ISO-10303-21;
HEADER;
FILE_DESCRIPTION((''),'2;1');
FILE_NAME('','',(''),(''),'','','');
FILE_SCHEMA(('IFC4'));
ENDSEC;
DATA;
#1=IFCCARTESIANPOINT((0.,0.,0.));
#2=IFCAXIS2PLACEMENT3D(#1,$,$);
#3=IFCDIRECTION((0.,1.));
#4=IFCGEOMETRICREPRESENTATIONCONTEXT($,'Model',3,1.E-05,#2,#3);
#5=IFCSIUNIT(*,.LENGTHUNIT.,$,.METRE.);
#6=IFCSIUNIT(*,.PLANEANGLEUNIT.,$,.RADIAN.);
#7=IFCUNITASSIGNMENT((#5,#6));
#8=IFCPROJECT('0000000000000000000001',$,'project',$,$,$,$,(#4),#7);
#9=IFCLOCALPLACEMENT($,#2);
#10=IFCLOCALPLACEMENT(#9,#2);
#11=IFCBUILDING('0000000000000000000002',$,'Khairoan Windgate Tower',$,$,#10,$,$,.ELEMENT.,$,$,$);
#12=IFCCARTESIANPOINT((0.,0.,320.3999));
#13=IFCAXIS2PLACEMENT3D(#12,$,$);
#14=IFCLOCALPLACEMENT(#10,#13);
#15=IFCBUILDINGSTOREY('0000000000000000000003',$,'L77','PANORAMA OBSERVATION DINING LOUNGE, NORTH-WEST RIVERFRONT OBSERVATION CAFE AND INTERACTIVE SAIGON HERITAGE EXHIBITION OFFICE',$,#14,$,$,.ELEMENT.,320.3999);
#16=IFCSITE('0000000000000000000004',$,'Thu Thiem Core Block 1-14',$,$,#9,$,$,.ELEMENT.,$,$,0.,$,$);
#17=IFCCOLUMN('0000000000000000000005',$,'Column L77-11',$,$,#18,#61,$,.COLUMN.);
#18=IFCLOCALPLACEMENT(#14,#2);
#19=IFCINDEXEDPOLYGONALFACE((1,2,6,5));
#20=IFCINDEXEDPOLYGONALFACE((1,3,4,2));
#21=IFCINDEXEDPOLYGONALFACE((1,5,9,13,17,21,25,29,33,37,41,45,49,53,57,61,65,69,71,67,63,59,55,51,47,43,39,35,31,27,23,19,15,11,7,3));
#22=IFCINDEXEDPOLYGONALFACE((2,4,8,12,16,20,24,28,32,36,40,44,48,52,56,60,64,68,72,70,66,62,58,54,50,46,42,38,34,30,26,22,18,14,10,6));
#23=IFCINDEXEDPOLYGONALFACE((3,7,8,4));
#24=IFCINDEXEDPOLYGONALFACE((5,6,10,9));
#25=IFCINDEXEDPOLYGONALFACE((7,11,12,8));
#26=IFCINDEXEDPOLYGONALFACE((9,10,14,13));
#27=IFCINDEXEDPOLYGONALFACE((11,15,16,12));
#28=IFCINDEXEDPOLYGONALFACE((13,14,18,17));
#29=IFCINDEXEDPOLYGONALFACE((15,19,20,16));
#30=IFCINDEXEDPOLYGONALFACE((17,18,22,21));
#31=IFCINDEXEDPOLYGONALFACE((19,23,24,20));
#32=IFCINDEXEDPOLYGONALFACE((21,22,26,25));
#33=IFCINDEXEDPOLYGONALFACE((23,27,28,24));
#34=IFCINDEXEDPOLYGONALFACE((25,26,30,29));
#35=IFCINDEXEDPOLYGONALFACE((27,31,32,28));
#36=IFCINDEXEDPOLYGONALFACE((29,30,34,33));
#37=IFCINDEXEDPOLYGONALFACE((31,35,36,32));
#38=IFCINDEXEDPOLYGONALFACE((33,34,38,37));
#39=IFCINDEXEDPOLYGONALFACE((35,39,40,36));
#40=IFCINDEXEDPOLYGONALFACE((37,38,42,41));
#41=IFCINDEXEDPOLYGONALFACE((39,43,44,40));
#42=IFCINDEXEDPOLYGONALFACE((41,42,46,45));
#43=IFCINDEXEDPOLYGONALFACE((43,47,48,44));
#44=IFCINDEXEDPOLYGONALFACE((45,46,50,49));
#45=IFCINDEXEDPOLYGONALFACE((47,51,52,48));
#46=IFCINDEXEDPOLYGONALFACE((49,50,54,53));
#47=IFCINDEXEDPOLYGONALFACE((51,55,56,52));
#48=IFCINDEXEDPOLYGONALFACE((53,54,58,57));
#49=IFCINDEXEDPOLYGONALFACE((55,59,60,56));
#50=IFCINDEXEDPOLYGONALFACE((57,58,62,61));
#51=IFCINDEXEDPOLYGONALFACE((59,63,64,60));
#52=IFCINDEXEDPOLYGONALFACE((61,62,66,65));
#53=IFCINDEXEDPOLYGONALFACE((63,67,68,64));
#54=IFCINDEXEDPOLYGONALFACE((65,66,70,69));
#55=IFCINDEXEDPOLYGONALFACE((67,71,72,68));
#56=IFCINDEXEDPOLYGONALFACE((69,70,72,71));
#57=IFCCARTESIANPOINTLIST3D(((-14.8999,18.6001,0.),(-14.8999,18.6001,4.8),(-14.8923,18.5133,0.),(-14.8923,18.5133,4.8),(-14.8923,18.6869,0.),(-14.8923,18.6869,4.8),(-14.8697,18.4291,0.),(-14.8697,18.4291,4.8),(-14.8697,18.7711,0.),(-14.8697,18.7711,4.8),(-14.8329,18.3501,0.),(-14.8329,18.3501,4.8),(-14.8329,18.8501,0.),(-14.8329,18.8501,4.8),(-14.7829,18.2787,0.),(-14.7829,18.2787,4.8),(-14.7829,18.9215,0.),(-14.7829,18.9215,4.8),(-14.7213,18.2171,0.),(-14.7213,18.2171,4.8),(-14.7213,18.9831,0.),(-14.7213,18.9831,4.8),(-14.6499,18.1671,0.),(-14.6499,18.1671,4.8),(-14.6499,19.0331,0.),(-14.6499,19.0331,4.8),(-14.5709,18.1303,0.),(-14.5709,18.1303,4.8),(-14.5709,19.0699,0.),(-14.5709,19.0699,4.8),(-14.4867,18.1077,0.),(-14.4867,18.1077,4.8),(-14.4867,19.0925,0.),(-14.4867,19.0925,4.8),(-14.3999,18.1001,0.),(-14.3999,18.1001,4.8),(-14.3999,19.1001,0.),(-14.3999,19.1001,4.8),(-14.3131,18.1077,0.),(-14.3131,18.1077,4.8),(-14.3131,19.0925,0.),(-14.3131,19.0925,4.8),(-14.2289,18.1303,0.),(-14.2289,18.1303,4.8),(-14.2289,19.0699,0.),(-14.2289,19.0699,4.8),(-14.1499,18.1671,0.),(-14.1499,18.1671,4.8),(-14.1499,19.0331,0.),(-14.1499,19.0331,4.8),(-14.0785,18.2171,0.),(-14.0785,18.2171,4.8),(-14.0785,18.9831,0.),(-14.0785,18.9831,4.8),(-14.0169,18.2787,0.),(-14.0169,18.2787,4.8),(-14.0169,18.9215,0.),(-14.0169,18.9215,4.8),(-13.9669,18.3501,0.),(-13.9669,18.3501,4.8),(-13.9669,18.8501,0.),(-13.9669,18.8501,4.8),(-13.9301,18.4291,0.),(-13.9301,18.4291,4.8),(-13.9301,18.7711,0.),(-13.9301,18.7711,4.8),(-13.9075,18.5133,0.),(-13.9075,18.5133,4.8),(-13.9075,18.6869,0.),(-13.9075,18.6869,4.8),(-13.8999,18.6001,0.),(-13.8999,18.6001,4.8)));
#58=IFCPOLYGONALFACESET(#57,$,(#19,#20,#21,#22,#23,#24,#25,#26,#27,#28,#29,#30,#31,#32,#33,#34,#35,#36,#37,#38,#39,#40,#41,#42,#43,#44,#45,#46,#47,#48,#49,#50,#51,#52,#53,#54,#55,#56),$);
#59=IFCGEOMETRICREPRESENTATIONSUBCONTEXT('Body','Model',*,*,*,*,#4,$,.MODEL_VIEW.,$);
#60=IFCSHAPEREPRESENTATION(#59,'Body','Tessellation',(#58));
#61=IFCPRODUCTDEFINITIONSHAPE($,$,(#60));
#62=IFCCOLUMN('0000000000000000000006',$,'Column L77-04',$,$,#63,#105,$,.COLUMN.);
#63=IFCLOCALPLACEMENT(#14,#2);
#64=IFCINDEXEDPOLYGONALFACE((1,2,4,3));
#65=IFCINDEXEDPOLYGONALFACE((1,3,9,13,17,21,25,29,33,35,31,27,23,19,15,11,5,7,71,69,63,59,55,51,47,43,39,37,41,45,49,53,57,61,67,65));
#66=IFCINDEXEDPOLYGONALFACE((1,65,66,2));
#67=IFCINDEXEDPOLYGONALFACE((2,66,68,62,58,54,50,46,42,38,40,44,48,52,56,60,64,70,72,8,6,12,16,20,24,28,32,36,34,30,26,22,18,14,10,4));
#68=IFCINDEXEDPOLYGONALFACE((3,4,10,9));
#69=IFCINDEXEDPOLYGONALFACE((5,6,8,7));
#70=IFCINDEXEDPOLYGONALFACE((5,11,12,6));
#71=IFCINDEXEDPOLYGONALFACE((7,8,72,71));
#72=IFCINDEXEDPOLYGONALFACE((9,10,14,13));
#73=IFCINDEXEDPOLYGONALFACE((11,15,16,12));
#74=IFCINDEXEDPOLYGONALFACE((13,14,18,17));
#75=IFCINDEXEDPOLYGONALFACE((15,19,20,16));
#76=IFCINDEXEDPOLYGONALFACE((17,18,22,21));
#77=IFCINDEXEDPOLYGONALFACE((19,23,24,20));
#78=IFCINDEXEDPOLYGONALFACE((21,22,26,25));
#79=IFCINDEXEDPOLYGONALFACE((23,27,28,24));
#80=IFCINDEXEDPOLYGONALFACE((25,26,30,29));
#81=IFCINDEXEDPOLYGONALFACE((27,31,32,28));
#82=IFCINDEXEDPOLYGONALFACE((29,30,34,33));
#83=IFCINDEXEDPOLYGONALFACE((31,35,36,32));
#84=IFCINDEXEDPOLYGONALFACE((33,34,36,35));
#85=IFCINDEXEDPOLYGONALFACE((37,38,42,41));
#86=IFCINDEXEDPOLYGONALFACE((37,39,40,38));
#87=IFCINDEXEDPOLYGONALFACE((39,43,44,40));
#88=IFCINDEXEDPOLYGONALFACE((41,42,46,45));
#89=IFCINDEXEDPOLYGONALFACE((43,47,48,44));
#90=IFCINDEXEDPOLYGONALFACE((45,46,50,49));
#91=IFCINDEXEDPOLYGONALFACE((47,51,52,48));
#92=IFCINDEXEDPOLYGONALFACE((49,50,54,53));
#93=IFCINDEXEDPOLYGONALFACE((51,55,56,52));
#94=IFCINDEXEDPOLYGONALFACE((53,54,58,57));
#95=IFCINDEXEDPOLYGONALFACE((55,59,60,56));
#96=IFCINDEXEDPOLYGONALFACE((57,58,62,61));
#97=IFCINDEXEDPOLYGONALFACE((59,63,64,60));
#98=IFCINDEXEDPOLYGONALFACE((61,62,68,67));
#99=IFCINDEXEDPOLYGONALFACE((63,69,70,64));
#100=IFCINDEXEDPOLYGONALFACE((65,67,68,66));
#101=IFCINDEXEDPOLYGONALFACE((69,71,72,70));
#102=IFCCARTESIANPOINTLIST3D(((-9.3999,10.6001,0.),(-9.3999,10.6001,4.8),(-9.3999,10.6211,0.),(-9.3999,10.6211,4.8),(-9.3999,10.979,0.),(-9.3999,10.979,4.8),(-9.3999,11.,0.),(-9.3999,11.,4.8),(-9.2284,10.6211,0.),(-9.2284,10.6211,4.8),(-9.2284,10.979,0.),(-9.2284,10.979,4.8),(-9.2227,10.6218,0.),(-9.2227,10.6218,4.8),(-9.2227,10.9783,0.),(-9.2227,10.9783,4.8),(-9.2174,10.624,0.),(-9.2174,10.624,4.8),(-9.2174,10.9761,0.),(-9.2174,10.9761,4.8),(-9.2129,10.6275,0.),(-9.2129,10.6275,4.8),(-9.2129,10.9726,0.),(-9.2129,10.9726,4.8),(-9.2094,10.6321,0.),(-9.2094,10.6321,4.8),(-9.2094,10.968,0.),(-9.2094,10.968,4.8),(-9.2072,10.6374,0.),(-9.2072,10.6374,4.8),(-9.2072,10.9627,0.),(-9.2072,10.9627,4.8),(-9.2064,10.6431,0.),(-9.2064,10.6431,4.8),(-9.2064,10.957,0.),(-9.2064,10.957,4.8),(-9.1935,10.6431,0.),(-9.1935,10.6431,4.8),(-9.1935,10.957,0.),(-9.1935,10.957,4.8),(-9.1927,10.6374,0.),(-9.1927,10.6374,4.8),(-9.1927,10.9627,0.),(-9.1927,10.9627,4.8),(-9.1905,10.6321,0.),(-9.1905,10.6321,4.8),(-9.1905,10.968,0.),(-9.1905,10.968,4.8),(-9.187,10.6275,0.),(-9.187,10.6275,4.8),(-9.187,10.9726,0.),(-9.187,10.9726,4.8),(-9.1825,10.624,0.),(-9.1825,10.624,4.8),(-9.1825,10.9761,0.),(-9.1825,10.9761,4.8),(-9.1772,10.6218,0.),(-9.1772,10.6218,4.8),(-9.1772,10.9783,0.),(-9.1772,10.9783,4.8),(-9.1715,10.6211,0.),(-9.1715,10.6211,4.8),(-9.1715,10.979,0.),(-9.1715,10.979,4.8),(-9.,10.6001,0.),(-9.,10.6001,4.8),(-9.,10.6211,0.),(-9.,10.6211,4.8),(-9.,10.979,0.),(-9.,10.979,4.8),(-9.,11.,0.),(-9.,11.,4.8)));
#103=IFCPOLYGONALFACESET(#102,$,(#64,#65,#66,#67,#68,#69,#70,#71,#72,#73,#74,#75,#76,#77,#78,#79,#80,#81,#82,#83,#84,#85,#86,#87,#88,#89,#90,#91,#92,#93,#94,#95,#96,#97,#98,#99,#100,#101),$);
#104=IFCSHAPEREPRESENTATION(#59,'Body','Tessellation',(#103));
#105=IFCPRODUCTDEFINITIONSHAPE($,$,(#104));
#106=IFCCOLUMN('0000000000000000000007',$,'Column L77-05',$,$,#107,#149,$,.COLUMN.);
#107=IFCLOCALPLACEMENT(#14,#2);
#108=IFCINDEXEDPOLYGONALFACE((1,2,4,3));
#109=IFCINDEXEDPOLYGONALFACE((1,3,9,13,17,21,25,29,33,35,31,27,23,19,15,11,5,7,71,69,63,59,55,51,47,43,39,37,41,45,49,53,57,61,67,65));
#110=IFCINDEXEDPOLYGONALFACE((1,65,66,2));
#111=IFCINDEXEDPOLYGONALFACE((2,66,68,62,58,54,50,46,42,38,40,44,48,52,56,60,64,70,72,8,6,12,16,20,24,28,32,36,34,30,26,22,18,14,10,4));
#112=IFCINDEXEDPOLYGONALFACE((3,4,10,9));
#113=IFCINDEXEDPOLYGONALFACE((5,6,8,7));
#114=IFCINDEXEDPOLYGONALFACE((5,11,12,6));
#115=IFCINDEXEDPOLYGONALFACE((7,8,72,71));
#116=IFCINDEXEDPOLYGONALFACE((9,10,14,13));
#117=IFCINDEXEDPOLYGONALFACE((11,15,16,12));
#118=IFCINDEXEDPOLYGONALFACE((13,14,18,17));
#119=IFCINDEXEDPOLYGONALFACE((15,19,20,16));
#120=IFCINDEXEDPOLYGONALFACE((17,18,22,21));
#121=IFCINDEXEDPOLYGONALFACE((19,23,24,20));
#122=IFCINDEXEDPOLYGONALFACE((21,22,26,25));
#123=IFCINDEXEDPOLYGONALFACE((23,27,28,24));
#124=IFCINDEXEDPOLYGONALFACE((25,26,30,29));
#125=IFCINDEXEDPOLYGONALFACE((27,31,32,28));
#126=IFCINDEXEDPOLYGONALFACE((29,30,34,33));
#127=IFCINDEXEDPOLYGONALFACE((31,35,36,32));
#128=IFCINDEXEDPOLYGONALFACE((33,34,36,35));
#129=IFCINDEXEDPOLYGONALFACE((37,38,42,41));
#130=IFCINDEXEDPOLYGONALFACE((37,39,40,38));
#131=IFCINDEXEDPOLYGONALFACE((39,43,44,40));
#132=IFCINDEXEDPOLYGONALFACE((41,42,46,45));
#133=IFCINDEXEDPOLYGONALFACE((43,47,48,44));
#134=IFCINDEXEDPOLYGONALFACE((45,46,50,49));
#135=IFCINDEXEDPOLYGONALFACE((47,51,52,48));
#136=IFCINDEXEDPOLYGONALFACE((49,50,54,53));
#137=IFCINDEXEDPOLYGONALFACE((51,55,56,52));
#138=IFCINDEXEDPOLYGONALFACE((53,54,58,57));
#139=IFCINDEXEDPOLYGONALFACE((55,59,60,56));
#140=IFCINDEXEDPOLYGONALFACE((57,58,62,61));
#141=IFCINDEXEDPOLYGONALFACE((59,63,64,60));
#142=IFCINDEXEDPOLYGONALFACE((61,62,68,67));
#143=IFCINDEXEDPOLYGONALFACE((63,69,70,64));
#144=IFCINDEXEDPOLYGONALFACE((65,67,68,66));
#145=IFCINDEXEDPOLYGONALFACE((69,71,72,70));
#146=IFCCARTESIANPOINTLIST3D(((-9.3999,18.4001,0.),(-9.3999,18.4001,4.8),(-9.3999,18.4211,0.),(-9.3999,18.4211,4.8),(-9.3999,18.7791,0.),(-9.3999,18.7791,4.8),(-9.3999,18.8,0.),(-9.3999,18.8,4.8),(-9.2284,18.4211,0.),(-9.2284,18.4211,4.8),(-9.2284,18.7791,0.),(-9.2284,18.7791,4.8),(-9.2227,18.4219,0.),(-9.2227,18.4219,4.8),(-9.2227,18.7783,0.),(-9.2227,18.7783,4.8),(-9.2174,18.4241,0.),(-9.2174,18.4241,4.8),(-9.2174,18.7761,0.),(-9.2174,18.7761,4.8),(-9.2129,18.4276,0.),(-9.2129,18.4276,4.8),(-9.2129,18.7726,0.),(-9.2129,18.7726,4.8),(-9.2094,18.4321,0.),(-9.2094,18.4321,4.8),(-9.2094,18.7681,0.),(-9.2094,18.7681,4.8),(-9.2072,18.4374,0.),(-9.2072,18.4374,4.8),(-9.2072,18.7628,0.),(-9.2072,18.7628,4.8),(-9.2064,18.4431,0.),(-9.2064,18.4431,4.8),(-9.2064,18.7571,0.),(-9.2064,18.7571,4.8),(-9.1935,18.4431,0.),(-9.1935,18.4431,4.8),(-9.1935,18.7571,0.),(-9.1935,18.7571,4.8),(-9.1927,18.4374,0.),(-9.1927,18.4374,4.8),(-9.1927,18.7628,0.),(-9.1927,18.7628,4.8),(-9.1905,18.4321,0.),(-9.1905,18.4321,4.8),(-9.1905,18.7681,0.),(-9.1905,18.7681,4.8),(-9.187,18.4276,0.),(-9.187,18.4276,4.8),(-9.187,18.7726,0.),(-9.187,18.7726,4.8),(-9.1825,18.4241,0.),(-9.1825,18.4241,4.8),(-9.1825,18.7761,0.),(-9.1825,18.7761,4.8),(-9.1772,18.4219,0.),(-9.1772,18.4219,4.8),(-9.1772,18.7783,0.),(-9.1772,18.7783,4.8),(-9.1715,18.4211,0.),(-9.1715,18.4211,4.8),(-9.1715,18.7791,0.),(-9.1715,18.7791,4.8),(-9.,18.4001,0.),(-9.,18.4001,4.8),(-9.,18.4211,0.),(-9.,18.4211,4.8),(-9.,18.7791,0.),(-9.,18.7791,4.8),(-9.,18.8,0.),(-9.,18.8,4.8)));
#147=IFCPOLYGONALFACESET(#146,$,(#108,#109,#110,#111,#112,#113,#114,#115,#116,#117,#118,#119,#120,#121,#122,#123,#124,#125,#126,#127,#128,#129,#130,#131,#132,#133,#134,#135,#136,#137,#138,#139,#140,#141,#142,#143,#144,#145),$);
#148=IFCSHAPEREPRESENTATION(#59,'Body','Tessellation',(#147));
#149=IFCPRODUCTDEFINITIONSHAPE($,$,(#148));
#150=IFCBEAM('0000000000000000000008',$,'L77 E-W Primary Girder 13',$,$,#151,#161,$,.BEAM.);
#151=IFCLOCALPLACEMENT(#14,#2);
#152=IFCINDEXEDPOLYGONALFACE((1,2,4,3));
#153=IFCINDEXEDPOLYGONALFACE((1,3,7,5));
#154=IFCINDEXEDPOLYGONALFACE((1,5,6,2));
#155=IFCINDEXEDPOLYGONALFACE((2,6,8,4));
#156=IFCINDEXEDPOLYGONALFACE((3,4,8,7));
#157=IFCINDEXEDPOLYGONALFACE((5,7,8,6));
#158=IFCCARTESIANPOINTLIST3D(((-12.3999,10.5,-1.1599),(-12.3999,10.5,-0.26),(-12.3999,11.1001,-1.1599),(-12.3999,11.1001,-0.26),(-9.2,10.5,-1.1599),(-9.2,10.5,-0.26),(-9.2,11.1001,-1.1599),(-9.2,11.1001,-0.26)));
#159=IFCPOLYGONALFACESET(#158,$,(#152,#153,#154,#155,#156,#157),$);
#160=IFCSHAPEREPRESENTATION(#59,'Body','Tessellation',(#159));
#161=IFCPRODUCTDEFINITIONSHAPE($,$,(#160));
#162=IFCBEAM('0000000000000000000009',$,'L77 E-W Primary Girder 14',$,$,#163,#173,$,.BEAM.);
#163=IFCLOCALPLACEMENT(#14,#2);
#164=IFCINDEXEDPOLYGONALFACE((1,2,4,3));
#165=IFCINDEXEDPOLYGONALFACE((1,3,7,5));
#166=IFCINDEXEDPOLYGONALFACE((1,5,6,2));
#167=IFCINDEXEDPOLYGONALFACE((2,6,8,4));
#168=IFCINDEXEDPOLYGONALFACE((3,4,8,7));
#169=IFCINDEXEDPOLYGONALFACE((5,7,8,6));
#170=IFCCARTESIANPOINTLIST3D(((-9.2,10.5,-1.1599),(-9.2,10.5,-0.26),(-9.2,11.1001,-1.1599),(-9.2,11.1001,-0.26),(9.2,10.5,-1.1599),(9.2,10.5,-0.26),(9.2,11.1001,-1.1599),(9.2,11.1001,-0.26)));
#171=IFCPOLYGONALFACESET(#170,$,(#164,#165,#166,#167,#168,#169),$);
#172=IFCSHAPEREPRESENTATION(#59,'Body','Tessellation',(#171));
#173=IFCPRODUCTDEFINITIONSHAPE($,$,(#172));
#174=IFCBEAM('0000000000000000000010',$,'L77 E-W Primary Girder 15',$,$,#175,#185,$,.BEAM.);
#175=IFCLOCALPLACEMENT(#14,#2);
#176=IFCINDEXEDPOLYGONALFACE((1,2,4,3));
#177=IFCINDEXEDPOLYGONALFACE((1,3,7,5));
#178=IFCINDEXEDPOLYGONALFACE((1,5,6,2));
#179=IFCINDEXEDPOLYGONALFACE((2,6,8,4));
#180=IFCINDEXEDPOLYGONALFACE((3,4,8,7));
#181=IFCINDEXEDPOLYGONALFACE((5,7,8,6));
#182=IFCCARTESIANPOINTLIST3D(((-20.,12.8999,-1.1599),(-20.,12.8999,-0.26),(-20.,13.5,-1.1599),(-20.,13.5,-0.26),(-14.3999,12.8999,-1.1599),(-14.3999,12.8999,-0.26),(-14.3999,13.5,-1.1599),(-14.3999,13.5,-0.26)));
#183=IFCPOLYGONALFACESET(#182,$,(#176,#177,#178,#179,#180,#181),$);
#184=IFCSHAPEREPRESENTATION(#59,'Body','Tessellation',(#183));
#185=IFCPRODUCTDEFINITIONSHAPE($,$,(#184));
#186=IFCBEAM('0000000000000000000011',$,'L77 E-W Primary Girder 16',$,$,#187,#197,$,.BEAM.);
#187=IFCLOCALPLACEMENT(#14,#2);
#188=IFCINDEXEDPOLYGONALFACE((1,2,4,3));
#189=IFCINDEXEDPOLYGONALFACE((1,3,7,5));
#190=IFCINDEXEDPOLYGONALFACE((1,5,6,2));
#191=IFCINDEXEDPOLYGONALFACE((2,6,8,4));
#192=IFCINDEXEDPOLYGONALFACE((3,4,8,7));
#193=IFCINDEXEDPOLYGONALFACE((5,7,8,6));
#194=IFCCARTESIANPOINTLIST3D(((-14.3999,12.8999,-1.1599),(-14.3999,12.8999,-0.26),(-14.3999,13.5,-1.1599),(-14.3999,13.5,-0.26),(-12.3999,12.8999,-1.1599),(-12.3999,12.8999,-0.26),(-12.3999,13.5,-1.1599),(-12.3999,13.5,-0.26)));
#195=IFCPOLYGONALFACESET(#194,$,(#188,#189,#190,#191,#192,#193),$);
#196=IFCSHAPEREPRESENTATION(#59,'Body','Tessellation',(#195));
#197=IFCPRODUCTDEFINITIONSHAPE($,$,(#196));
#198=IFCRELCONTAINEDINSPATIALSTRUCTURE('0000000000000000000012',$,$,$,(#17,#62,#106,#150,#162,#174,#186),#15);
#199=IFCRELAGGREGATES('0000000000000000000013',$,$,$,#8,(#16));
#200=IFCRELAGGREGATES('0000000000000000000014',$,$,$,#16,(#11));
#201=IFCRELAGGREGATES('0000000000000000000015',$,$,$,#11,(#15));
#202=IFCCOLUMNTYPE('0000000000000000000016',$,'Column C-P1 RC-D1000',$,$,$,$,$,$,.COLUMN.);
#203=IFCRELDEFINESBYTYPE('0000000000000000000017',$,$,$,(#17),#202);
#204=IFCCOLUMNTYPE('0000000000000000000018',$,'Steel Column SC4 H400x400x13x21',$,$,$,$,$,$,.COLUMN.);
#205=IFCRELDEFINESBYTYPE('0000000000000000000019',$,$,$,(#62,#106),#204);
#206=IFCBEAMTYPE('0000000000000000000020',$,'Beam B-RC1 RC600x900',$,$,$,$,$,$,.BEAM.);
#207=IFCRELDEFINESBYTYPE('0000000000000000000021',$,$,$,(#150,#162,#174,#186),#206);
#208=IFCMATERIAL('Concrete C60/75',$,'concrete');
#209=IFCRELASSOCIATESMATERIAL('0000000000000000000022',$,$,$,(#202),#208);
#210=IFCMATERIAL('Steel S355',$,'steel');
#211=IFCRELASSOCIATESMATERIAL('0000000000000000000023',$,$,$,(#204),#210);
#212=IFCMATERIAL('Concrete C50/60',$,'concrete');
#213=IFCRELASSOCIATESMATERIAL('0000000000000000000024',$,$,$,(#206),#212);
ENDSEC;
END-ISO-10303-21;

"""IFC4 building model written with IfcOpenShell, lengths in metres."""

from ifc_helpers import new_model, si_unit, direction, frame, origin, origin_2d, place, context, subcontext, project, spatial, rectangle, circle, i_section, extrude, material, material_profile, profile_set, type_object, element, save


model = new_model("IFC4")

# Units and contexts
model_context = context("Model", 3, precision=1e-05, world=origin(), true_north=direction((0.0, 1.0)))
body_context = subcontext(model_context, "Body", "Model", "MODEL_VIEW")
ifc_project = project(units=[si_unit("LENGTHUNIT", "METRE"), si_unit("PLANEANGLEUNIT", "RADIAN")], contexts=[model_context])

# Site, building, storey
site_placement = place(None, origin())
site = spatial("IfcSite", under=ifc_project, at=site_placement, Name="Thu Thiem Core Block 1-14", CompositionType="ELEMENT", RefElevation=0.0)
building_placement = place(site_placement, origin())
building = spatial("IfcBuilding", under=site, at=building_placement, Name="Khairoan Windgate Tower", CompositionType="ELEMENT")
storey_placement = place(building_placement, frame((0.0, 0.0, 320.3999)))
storey = spatial("IfcBuildingStorey", under=building, at=storey_placement, Name="L77", Description="PANORAMA OBSERVATION DINING LOUNGE, NORTH-WEST RIVERFRONT OBSERVATION CAFE AND INTERACTIVE SAIGON HERITAGE EXHIBITION OFFICE", CompositionType="ELEMENT", Elevation=320.3999)

# Columns
ifc_material_1 = material(Name="Concrete C60/75", Category="concrete")
ifc_material_profile_1 = material_profile(ifc_material_1, circle(Radius=0.5, at=origin_2d()))
ifc_profile_set_1 = profile_set([ifc_material_profile_1], Name="Concrete C60/75")
column_type_1 = type_object("IfcColumnType", Name="Column C-P1 RC-D1000", PredefinedType="COLUMN", material=ifc_profile_set_1)
column_placement = place(storey_placement, frame((-14.3999, 18.6001, 0.0), z_axis=(0.0, 0.0, 1.0), x_axis=(1.0, 0.0, 0.0)))
element("IfcColumn", 1, at=column_placement, inside=storey, type_object=column_type_1, Name="Column L77-11", PredefinedType="COLUMN", context=body_context, shape_type="SweptSolid", body=[
    extrude(circle(Radius=0.5, at=origin_2d()), origin(), (0.0, 0.0, 1.0), 4.8),
])
ifc_material_2 = material(Name="Steel S355", Category="steel")
ifc_material_profile_2 = material_profile(ifc_material_2, i_section(OverallWidth=0.3999, OverallDepth=0.3999, WebThickness=0.0129, FlangeThickness=0.021, FilletRadius=0.022, at=origin_2d()))
ifc_profile_set_2 = profile_set([ifc_material_profile_2], Name="Steel S355")
column_type_2 = type_object("IfcColumnType", Name="Steel Column SC4 H400x400x13x21", PredefinedType="COLUMN", material=ifc_profile_set_2)
for number, where, z_axis, x_axis, name in (
    (2, (-9.2, 10.8, 0.0), (0.0, 0.0, 1.0), (1.0, 0.0, 0.0), "Column L77-04"),
    (3, (-9.2, 18.6001, 0.0), (0.0, 0.0, 1.0), (1.0, 0.0, 0.0), "Column L77-05"),
):
    element("IfcColumn", number, at=place(storey_placement, frame(where, z_axis=z_axis, x_axis=x_axis)), inside=storey, type_object=column_type_2, Name=name, PredefinedType="COLUMN", context=body_context, shape_type="SweptSolid", body=[
        extrude(i_section(OverallWidth=0.3999, OverallDepth=0.3999, WebThickness=0.0129, FlangeThickness=0.021, FilletRadius=0.022, at=origin_2d()), origin(), (0.0, 0.0, 1.0), 4.8),
    ])

# Beams
ifc_material_3 = material(Name="Concrete C50/60", Category="concrete")
ifc_material_profile_3 = material_profile(ifc_material_3, rectangle(XDim=0.6001, YDim=0.8999, at=origin_2d()))
ifc_profile_set_3 = profile_set([ifc_material_profile_3], Name="Concrete C50/60")
beam_type_1 = type_object("IfcBeamType", Name="Beam B-RC1 RC600x900", PredefinedType="BEAM", material=ifc_profile_set_3)
beam_1_placement = place(storey_placement, frame((-12.3999, 10.8, -0.71), z_axis=(1.0, 0.0, 0.0), x_axis=(0.0, 1.0, 0.0)))
element("IfcBeam", 4, at=beam_1_placement, inside=storey, type_object=beam_type_1, Name="L77 E-W Primary Girder 13", PredefinedType="BEAM", context=body_context, shape_type="SweptSolid", body=[
    extrude(rectangle(XDim=0.6001, YDim=0.8999, at=origin_2d()), origin(), (0.0, 0.0, 1.0), 3.2),
])
beam_2_placement = place(storey_placement, frame((-9.2, 10.8, -0.71), z_axis=(1.0, 0.0, 0.0), x_axis=(0.0, 1.0, 0.0)))
element("IfcBeam", 5, at=beam_2_placement, inside=storey, type_object=beam_type_1, Name="L77 E-W Primary Girder 14", PredefinedType="BEAM", context=body_context, shape_type="SweptSolid", body=[
    extrude(rectangle(XDim=0.6001, YDim=0.8999, at=origin_2d()), origin(), (0.0, 0.0, 1.0), 18.3999),
])
beam_3_placement = place(storey_placement, frame((-20.0, 13.2, -0.71), z_axis=(1.0, 0.0, 0.0), x_axis=(0.0, 1.0, 0.0)))
element("IfcBeam", 6, at=beam_3_placement, inside=storey, type_object=beam_type_1, Name="L77 E-W Primary Girder 15", PredefinedType="BEAM", context=body_context, shape_type="SweptSolid", body=[
    extrude(rectangle(XDim=0.6001, YDim=0.8999, at=origin_2d()), origin(), (0.0, 0.0, 1.0), 5.6001),
])
beam_4_placement = place(storey_placement, frame((-14.3999, 13.2, -0.71), z_axis=(1.0, 0.0, 0.0), x_axis=(0.0, 1.0, 0.0)))
element("IfcBeam", 7, at=beam_4_placement, inside=storey, type_object=beam_type_1, Name="L77 E-W Primary Girder 16", PredefinedType="BEAM", context=body_context, shape_type="SweptSolid", body=[
    extrude(rectangle(XDim=0.6001, YDim=0.8999, at=origin_2d()), origin(), (0.0, 0.0, 1.0), 2.0),
])

save(model, "model.ifc")
